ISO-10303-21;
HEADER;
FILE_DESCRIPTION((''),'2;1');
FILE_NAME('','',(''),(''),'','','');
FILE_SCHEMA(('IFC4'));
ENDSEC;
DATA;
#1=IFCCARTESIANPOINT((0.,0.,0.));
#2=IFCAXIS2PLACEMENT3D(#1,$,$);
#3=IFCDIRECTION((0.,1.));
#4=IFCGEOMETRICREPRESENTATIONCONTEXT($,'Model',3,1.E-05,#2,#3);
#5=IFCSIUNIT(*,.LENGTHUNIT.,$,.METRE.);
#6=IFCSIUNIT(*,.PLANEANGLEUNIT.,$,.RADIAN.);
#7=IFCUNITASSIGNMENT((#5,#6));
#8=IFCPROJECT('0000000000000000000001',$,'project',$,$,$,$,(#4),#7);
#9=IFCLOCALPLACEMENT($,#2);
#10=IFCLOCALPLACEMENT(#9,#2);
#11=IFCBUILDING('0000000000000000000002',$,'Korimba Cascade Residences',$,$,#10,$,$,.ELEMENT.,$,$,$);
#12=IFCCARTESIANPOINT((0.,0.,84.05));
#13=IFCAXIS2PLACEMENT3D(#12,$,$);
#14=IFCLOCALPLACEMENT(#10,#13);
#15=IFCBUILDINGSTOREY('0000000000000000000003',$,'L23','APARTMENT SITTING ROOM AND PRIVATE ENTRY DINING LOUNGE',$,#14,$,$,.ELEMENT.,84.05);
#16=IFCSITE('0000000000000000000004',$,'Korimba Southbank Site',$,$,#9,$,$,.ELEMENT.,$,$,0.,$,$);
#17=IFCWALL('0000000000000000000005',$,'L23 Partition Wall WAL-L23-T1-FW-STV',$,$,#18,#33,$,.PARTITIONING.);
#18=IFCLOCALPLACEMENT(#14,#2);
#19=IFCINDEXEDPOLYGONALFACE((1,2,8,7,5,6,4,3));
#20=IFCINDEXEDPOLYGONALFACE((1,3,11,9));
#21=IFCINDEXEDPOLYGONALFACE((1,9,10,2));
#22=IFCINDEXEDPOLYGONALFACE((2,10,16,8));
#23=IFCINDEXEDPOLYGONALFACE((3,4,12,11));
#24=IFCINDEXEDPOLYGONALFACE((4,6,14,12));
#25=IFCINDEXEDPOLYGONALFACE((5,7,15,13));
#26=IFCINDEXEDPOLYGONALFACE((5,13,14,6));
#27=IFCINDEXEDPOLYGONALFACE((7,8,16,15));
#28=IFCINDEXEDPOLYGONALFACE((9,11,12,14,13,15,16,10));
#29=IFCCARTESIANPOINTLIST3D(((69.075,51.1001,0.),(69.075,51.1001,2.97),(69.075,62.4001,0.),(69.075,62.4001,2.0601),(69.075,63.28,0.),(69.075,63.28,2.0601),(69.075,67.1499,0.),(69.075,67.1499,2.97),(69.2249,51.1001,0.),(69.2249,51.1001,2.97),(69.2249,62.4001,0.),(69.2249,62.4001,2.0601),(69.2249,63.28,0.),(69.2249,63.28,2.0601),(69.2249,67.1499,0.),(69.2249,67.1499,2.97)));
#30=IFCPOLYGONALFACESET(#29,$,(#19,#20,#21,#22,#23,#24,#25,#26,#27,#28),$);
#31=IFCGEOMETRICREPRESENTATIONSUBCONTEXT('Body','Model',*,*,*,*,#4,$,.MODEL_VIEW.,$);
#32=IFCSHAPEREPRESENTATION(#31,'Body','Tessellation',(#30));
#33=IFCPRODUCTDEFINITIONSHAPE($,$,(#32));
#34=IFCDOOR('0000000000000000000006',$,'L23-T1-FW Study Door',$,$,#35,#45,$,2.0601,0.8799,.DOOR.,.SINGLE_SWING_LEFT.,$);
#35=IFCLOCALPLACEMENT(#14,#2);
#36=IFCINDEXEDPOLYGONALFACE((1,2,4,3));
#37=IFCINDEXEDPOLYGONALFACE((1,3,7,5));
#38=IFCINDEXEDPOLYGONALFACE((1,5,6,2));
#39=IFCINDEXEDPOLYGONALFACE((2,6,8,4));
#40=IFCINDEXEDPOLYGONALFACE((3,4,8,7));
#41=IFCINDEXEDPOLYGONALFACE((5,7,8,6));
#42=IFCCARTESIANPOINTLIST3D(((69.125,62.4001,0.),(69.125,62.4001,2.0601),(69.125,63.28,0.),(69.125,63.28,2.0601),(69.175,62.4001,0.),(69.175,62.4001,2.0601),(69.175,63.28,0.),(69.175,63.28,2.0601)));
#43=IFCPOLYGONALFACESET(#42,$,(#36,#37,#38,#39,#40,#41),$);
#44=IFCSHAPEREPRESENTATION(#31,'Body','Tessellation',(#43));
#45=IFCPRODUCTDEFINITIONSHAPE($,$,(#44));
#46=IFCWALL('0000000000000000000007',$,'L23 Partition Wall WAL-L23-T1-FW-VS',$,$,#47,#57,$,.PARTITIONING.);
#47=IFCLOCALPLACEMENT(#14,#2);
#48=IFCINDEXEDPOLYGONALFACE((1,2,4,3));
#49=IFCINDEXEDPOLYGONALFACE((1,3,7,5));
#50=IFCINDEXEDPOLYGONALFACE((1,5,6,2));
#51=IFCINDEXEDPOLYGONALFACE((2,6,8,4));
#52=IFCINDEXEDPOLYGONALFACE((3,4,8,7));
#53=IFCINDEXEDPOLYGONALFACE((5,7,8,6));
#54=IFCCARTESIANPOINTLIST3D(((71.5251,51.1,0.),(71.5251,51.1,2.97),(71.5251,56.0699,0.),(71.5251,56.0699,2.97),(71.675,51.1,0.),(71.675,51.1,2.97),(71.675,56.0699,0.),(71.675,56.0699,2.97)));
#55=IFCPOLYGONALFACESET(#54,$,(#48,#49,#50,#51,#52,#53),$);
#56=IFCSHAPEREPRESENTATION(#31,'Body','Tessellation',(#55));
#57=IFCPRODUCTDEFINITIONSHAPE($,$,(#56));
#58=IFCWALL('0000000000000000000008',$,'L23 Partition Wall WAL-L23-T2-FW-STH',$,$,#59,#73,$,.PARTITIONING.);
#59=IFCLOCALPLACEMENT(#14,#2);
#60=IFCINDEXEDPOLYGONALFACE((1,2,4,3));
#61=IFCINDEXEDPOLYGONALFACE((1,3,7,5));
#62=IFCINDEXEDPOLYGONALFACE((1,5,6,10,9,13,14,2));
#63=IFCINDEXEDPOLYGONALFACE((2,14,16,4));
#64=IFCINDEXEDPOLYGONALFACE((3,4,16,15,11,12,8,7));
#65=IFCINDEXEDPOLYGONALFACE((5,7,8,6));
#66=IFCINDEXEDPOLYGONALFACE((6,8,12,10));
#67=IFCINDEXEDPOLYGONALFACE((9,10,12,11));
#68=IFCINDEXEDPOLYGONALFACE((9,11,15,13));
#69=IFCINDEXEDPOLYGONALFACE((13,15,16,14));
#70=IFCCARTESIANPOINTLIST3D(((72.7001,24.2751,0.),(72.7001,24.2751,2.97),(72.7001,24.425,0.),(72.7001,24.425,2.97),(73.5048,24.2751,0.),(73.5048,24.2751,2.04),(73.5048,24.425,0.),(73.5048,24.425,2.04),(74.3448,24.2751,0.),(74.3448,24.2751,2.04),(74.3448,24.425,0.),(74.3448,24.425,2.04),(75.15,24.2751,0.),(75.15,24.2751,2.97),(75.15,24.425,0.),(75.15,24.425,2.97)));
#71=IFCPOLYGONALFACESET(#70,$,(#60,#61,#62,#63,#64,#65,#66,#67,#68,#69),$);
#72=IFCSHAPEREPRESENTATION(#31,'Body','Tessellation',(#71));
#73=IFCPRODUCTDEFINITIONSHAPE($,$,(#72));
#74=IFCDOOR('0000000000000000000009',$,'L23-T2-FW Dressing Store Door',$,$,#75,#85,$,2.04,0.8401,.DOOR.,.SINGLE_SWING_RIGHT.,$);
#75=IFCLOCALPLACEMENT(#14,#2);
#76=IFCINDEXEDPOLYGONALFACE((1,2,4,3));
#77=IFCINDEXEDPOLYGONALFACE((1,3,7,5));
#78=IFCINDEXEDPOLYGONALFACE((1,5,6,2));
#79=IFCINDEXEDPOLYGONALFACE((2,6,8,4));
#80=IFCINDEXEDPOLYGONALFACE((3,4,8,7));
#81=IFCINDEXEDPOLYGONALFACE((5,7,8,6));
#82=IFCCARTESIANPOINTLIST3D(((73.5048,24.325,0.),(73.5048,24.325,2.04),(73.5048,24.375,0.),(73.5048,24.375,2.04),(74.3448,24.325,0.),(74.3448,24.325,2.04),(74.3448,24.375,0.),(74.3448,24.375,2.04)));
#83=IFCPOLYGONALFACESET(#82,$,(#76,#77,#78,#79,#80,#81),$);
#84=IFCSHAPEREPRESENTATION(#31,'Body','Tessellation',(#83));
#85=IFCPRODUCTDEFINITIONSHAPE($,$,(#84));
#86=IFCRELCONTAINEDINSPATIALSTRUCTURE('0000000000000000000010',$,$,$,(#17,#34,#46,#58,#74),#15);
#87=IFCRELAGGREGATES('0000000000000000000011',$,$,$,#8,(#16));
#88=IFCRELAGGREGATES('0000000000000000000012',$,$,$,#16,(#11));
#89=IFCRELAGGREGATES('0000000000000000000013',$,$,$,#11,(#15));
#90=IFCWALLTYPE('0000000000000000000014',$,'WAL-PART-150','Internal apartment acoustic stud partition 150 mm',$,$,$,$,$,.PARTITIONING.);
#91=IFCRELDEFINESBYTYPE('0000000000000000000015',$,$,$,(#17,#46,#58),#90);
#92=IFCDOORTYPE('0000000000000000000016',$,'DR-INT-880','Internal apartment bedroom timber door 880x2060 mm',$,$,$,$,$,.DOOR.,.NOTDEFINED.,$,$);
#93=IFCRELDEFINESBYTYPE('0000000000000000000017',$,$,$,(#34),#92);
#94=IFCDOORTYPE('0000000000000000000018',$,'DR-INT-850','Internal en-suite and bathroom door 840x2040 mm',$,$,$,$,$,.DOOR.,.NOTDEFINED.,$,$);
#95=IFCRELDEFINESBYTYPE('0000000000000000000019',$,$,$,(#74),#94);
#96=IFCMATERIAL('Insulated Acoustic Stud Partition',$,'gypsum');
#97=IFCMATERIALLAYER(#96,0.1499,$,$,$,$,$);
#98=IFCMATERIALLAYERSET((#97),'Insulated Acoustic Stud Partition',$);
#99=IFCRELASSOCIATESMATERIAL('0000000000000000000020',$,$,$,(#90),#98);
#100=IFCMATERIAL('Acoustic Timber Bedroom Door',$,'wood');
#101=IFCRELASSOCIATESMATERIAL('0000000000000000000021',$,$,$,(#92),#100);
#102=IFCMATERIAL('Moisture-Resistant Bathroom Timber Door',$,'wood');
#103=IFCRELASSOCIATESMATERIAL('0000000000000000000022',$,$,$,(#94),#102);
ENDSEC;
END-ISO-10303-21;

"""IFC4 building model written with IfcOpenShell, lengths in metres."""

from ifc_helpers import new_model, si_unit, direction, frame, frame_2d, origin, place, context, subcontext, project, spatial, rectangle, extrude, material, layer, layer_set, type_object, element, fill, save


model = new_model("IFC4")

# Units and contexts
model_context = context("Model", 3, precision=1e-05, world=origin(), true_north=direction((0.0, 1.0)))
body_context = subcontext(model_context, "Body", "Model", "MODEL_VIEW")
ifc_project = project(units=[si_unit("LENGTHUNIT", "METRE"), si_unit("PLANEANGLEUNIT", "RADIAN")], contexts=[model_context])

# Site, building, storey
site_placement = place(None, origin())
site = spatial("IfcSite", under=ifc_project, at=site_placement, Name="Korimba Southbank Site", CompositionType="ELEMENT", RefElevation=0.0)
building_placement = place(site_placement, origin())
building = spatial("IfcBuilding", under=site, at=building_placement, Name="Korimba Cascade Residences", CompositionType="ELEMENT")
storey_placement = place(building_placement, frame((0.0, 0.0, 84.05)))
storey = spatial("IfcBuildingStorey", under=building, at=storey_placement, Name="L23", Description="APARTMENT SITTING ROOM AND PRIVATE ENTRY DINING LOUNGE", CompositionType="ELEMENT", Elevation=84.05)

# Wall, opening, door
ifc_material_1 = material(Name="Insulated Acoustic Stud Partition", Category="gypsum")
ifc_layer_1 = layer(ifc_material_1, 0.1499)
ifc_layer_set_1 = layer_set([ifc_layer_1], Name="Insulated Acoustic Stud Partition")
wall_type_1 = type_object("IfcWallType", Name="WAL-PART-150", Description="Internal apartment acoustic stud partition 150 mm", PredefinedType="PARTITIONING", material=ifc_layer_set_1)
wall_1_placement = place(storey_placement, frame((69.1499, 51.1001, 0.0), z_axis=(0.0, 0.0, 1.0), x_axis=(0.0, 1.0, 0.0)))
wall_1 = element("IfcWall", 1, at=wall_1_placement, inside=storey, type_object=wall_type_1, Name="L23 Partition Wall WAL-L23-T1-FW-STV", PredefinedType="PARTITIONING", context=body_context, shape_type="SweptSolid", body=[
    extrude(rectangle(XDim=16.0498, YDim=0.1499, at=frame_2d((8.0249, 0.0))), origin(), (0.0, 0.0, 1.0), 2.97),
])
opening_1_placement = place(wall_1_placement, frame((11.3, 0.0, 0.0)))
opening_1 = element("IfcOpeningElement", 2, at=opening_1_placement, cuts=wall_1, PredefinedType="OPENING", context=body_context, shape_type="SweptSolid", body=[
    extrude(rectangle(XDim=0.8799, YDim=2.0601, at=frame_2d((0.4399, 1.03))), frame((0.0, 0.085, 0.0), z_axis=(0.0, -1.0, 0.0), x_axis=(1.0, 0.0, 0.0)), (0.0, 0.0, 1.0), 0.1699),
])
ifc_material_2 = material(Name="Acoustic Timber Bedroom Door", Category="wood")
door_type_1 = type_object("IfcDoorType", Name="DR-INT-880", Description="Internal apartment bedroom timber door 880x2060 mm", OperationType="NOTDEFINED", PredefinedType="DOOR", material=ifc_material_2)
door_1_placement = place(opening_1_placement, origin())
door_1 = element("IfcDoor", 3, at=door_1_placement, inside=storey, type_object=door_type_1, Name="L23-T1-FW Study Door", OperationType="SINGLE_SWING_LEFT", OverallHeight=2.0601, OverallWidth=0.8799, PredefinedType="DOOR", context=body_context, shape_type="SweptSolid", body=[
    extrude(rectangle(XDim=0.8799, YDim=2.0601, at=frame_2d((0.4399, 1.03))), frame((0.0, 0.0249, 0.0), z_axis=(0.0, -1.0, 0.0), x_axis=(1.0, 0.0, 0.0)), (0.0, 0.0, 1.0), 0.05),
])
fill(opening_1, door_1)

# Wall
wall_2_placement = place(storey_placement, frame((71.6001, 51.1001, 0.0), z_axis=(0.0, 0.0, 1.0), x_axis=(0.0, 1.0, 0.0)))
element("IfcWall", 4, at=wall_2_placement, inside=storey, type_object=wall_type_1, Name="L23 Partition Wall WAL-L23-T1-FW-VS", PredefinedType="PARTITIONING", context=body_context, shape_type="SweptSolid", body=[
    extrude(rectangle(XDim=4.97, YDim=0.1499, at=frame_2d((2.4849, 0.0))), origin(), (0.0, 0.0, 1.0), 2.97),
])

# Wall, opening, door
wall_3_placement = place(storey_placement, frame((72.7, 24.3501, 0.0), z_axis=(0.0, 0.0, 1.0), x_axis=(1.0, 0.0, 0.0)))
wall_3 = element("IfcWall", 5, at=wall_3_placement, inside=storey, type_object=wall_type_1, Name="L23 Partition Wall WAL-L23-T2-FW-STH", PredefinedType="PARTITIONING", context=body_context, shape_type="SweptSolid", body=[
    extrude(rectangle(XDim=2.45, YDim=0.1499, at=frame_2d((1.2251, 0.0))), origin(), (0.0, 0.0, 1.0), 2.97),
])
opening_2_placement = place(wall_3_placement, frame((0.8049, 0.0, 0.0)))
opening_2 = element("IfcOpeningElement", 6, at=opening_2_placement, cuts=wall_3, PredefinedType="OPENING", context=body_context, shape_type="SweptSolid", body=[
    extrude(rectangle(XDim=0.8401, YDim=2.04, at=frame_2d((0.4199, 1.02))), frame((0.0, 0.085, 0.0), z_axis=(0.0, -1.0, 0.0), x_axis=(1.0, 0.0, 0.0)), (0.0, 0.0, 1.0), 0.1699),
])
ifc_material_3 = material(Name="Moisture-Resistant Bathroom Timber Door", Category="wood")
door_type_2 = type_object("IfcDoorType", Name="DR-INT-850", Description="Internal en-suite and bathroom door 840x2040 mm", OperationType="NOTDEFINED", PredefinedType="DOOR", material=ifc_material_3)
door_2_placement = place(opening_2_placement, origin())
door_2 = element("IfcDoor", 7, at=door_2_placement, inside=storey, type_object=door_type_2, Name="L23-T2-FW Dressing Store Door", OperationType="SINGLE_SWING_RIGHT", OverallHeight=2.04, OverallWidth=0.8401, PredefinedType="DOOR", context=body_context, shape_type="SweptSolid", body=[
    extrude(rectangle(XDim=0.8401, YDim=2.04, at=frame_2d((0.4199, 1.02))), frame((0.0, 0.0249, 0.0), z_axis=(0.0, -1.0, 0.0), x_axis=(1.0, 0.0, 0.0)), (0.0, 0.0, 1.0), 0.05),
])
fill(opening_2, door_2)

save(model, "model.ifc")
